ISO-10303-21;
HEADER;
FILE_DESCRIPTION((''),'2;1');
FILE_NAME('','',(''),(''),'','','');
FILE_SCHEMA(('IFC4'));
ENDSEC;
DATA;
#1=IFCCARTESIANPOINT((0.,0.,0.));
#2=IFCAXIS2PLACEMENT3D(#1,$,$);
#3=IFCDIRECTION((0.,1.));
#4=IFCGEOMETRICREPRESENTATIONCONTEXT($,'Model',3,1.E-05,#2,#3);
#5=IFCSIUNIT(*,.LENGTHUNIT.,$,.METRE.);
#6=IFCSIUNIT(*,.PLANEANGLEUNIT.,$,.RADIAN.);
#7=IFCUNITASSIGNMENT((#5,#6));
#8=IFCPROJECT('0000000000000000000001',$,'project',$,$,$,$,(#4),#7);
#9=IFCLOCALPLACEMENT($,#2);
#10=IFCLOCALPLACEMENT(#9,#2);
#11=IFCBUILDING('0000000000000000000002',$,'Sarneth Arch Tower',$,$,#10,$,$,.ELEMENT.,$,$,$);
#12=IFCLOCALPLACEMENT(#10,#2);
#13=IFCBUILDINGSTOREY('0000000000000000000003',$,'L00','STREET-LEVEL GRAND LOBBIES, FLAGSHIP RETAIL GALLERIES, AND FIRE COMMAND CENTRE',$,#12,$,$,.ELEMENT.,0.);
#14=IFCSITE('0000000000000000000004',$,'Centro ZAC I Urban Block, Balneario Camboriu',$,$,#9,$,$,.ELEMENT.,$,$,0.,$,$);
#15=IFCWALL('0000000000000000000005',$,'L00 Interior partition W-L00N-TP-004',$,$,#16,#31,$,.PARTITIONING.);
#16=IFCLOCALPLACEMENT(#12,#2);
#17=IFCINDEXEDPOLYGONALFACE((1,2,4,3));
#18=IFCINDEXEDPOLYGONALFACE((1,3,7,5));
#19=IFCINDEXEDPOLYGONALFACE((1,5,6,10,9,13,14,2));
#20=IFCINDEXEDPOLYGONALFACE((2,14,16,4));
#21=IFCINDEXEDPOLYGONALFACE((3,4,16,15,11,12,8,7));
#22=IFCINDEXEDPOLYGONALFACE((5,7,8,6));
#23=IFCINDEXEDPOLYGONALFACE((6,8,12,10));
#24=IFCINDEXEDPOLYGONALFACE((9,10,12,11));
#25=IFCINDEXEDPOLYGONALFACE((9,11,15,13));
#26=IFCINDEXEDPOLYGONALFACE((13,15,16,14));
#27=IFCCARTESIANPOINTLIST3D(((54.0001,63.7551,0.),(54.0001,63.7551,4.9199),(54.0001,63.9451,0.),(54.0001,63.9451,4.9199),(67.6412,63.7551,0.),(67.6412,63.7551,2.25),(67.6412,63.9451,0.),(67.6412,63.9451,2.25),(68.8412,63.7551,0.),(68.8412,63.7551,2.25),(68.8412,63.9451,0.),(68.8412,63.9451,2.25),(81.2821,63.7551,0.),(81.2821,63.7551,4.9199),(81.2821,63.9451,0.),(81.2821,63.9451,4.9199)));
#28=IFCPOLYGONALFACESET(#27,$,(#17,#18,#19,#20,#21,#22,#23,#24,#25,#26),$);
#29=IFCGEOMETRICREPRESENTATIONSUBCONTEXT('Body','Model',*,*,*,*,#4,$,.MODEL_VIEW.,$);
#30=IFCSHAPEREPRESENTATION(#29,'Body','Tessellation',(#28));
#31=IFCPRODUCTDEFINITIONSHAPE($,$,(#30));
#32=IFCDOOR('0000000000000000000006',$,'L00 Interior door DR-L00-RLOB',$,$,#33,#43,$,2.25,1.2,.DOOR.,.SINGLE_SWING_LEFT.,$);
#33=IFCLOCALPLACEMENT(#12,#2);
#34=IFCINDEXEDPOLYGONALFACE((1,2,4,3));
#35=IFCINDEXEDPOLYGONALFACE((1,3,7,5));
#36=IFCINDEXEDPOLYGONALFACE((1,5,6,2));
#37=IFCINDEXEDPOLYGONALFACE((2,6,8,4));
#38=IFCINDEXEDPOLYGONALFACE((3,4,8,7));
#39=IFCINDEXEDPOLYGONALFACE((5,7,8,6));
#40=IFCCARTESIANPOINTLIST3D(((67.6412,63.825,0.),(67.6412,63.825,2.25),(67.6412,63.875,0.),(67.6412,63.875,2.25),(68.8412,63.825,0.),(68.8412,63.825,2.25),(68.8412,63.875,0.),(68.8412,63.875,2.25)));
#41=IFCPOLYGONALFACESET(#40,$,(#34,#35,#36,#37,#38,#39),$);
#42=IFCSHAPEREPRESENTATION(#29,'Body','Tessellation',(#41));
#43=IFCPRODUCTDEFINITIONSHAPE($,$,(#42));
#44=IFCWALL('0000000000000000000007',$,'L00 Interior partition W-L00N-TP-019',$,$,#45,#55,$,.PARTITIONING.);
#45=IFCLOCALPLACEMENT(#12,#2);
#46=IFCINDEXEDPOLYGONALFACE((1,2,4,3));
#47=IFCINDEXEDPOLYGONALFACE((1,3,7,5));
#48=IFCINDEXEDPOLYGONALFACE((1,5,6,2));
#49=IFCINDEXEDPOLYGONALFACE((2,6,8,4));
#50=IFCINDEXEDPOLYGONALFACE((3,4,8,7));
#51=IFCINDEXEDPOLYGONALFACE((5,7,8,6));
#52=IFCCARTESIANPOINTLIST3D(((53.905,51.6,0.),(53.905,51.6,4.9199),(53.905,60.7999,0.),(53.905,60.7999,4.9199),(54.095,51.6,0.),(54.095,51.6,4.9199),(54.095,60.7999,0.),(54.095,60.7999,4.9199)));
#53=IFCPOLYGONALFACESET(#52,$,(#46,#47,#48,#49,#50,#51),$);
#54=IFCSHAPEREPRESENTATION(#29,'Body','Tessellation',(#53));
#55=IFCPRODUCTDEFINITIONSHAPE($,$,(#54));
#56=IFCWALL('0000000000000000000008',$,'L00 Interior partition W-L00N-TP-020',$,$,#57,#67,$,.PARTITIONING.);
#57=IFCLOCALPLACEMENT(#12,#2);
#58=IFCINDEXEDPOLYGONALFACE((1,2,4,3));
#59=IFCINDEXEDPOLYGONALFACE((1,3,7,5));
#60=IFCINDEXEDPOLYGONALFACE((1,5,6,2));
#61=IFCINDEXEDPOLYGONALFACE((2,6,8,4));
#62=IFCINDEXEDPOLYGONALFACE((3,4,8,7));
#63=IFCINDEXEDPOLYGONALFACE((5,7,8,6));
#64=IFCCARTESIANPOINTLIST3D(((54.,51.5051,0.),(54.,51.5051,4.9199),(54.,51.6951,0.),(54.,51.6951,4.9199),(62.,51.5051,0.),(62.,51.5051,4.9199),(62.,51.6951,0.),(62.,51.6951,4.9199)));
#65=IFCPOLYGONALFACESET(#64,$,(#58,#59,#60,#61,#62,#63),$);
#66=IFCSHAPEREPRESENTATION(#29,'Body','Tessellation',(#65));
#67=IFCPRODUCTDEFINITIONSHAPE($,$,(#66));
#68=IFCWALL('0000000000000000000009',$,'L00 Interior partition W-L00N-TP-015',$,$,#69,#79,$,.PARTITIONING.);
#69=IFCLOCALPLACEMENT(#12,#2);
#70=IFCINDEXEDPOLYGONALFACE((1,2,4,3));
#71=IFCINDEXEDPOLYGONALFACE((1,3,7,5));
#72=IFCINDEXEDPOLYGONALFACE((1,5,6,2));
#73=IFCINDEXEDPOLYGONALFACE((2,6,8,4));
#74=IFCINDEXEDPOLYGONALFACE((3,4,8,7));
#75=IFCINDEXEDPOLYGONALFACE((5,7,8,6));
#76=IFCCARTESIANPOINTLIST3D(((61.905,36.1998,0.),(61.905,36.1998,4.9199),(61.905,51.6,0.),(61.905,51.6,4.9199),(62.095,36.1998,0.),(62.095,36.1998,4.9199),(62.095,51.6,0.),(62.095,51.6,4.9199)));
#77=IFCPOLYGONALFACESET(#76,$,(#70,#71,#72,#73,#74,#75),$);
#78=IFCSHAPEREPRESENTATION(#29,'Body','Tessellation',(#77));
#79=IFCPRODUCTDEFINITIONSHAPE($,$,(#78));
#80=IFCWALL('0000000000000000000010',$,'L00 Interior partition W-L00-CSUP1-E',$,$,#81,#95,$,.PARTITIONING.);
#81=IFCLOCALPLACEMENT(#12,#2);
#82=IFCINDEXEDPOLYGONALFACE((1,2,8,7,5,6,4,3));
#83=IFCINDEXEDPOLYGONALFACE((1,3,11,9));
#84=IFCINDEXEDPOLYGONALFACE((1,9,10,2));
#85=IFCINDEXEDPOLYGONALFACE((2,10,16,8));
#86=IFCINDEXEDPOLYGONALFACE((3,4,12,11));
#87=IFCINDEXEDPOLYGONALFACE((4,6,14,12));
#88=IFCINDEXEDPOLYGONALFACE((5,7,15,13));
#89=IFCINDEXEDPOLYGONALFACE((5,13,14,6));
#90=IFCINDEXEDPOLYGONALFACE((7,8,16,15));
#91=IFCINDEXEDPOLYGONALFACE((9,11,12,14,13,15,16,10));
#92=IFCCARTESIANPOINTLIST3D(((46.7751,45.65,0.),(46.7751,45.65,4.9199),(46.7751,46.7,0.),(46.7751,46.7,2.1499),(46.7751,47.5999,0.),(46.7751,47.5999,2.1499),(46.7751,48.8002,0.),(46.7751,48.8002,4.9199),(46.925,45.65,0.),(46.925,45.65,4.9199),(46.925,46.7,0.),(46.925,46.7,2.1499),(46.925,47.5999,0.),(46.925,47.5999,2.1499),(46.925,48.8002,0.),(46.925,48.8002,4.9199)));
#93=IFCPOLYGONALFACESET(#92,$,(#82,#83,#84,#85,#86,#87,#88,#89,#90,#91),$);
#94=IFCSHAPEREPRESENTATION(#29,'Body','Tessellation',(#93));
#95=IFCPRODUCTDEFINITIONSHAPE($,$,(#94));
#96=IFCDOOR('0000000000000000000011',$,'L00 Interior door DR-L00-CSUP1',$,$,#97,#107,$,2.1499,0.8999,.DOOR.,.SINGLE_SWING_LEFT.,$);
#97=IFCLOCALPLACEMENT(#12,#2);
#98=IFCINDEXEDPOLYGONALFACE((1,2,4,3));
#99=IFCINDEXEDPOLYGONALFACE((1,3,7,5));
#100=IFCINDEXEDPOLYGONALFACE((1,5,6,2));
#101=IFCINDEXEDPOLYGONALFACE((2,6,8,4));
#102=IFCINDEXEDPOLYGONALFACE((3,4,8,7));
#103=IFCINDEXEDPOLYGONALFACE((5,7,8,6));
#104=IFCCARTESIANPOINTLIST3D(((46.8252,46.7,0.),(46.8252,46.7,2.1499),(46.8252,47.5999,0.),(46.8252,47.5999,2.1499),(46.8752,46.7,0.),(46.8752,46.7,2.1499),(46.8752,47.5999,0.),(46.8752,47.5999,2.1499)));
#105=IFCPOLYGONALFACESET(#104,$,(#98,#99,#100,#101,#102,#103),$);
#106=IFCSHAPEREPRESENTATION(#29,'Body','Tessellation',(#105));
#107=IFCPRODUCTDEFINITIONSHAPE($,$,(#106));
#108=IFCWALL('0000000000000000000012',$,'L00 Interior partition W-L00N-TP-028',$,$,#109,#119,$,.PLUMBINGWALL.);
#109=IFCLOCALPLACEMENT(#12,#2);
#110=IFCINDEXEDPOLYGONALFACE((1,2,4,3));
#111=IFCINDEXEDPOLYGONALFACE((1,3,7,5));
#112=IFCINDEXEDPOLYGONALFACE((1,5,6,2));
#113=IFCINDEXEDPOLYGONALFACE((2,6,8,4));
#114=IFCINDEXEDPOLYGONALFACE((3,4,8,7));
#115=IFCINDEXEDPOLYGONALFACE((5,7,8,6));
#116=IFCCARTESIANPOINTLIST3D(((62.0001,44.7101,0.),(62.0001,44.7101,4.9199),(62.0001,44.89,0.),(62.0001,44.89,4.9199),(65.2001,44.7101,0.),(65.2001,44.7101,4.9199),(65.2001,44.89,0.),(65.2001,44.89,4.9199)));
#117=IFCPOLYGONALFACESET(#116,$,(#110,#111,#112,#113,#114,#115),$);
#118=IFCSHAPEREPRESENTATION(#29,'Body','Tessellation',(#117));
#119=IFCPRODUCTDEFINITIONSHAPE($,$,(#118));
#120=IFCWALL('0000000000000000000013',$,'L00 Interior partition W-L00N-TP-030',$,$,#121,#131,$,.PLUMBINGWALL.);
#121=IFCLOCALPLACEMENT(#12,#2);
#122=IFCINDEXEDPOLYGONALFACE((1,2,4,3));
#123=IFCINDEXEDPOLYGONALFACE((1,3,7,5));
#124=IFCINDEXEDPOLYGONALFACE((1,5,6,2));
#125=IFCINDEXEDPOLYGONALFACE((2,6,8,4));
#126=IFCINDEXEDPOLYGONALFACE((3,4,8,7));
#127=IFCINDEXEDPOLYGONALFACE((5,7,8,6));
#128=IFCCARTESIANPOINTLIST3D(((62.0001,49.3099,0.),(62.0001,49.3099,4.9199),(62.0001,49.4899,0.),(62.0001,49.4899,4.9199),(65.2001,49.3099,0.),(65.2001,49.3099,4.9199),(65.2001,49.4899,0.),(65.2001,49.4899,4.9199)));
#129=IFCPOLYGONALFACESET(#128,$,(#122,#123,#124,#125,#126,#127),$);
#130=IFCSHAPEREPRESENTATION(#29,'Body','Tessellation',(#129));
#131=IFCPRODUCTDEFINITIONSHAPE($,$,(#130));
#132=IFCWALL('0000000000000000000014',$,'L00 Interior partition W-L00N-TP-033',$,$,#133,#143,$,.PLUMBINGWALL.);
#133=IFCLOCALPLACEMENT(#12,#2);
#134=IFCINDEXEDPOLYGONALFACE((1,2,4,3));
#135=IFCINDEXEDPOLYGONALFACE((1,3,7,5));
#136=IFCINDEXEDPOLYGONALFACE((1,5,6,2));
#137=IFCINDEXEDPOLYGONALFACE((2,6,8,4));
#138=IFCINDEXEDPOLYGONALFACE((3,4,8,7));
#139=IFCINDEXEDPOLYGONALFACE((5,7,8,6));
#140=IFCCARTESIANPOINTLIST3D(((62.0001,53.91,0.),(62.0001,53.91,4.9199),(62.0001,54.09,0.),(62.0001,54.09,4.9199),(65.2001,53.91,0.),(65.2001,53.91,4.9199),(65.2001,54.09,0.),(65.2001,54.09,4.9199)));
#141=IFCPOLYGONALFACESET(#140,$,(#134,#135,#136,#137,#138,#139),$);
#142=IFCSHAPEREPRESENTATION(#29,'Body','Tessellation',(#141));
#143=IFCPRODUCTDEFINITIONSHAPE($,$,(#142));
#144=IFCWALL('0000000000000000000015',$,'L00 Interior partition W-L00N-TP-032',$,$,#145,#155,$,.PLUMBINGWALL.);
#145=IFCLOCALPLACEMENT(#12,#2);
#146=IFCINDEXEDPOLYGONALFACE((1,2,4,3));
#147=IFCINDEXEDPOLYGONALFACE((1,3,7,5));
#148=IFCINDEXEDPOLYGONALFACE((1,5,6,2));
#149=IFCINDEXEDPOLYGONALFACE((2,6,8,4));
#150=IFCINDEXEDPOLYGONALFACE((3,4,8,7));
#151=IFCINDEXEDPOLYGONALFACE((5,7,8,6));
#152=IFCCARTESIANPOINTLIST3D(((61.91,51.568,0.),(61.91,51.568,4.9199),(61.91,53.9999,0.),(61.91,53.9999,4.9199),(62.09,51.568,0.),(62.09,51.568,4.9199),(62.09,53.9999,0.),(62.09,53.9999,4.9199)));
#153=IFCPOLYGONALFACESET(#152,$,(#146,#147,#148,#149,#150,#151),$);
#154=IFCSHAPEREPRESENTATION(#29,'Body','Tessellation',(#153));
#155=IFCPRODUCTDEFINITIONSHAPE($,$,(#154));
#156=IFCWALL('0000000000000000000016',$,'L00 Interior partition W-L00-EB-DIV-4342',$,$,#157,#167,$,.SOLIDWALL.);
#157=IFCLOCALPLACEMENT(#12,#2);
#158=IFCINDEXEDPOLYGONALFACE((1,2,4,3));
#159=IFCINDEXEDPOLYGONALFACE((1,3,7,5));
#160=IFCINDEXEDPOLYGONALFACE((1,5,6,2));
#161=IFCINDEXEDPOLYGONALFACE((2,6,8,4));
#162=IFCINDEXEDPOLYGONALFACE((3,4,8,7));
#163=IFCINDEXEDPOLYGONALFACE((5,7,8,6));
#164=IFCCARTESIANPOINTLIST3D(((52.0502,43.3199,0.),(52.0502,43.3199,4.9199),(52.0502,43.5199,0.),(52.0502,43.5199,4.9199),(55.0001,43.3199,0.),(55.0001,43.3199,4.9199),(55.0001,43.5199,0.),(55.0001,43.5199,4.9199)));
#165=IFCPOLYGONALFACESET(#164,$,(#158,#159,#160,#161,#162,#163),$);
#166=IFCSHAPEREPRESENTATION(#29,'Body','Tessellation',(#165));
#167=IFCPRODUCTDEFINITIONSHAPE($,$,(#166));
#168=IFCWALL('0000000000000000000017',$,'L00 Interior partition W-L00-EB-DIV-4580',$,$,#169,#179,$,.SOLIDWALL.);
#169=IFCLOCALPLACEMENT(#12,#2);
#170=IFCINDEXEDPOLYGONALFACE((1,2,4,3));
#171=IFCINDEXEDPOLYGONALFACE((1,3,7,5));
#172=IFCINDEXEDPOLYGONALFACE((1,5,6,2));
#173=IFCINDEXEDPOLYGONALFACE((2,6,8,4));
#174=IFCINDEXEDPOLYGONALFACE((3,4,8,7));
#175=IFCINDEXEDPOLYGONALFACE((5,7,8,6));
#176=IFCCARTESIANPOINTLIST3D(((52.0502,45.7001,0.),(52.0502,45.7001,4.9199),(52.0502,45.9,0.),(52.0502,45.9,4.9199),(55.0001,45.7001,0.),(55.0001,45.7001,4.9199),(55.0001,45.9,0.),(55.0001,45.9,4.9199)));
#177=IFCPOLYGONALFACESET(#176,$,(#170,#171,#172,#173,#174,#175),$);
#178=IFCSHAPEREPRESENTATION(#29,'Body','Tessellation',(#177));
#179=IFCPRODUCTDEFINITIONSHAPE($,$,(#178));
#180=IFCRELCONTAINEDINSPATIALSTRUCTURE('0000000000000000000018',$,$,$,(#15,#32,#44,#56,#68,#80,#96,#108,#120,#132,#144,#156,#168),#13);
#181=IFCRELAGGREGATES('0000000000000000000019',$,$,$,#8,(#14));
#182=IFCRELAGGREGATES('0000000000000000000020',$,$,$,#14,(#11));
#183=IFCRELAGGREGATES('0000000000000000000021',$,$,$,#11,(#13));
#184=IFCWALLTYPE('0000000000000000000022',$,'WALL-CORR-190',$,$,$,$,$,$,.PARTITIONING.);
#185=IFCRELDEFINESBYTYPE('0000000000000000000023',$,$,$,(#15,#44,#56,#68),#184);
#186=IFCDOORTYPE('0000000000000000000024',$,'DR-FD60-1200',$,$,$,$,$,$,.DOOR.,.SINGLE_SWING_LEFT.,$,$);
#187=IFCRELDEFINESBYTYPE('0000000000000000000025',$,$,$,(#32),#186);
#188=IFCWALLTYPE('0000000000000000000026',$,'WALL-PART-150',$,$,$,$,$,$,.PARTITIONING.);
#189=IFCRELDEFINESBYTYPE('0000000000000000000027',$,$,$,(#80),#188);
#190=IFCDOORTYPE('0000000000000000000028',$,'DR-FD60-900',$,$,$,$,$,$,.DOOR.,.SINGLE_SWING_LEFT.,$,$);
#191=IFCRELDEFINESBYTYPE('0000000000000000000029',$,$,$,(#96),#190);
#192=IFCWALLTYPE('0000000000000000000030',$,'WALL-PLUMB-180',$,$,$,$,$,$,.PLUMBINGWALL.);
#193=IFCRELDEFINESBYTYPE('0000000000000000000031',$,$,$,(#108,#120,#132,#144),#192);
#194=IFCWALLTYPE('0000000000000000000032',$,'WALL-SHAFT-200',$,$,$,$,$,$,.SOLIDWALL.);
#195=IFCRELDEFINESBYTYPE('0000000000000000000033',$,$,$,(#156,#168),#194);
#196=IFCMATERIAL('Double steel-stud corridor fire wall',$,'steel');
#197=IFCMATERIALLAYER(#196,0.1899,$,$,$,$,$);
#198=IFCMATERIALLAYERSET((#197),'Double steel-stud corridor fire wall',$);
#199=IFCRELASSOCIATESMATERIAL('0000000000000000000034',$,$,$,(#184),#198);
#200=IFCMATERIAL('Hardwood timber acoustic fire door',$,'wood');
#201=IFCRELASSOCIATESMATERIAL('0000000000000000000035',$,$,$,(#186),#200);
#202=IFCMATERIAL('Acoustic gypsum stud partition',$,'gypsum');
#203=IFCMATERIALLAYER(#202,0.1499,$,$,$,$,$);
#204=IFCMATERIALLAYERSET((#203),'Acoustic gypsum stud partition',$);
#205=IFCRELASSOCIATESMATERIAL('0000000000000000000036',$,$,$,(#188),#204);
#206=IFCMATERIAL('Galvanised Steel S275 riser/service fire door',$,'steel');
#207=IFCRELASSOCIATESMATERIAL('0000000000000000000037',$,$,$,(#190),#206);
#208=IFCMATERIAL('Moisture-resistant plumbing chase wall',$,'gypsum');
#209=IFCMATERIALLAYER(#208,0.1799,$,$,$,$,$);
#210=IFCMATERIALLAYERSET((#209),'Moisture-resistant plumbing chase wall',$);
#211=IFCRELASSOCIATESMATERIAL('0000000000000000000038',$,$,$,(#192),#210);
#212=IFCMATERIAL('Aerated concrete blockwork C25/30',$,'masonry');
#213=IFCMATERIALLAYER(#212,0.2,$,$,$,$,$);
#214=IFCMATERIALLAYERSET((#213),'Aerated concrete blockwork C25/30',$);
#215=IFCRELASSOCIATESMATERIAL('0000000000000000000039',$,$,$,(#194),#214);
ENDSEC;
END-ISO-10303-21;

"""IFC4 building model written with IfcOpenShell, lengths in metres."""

from ifc_helpers import new_model, si_unit, direction, frame, frame_2d, origin, place, context, subcontext, project, spatial, rectangle, extrude, material, layer, layer_set, type_object, element, fill, save


model = new_model("IFC4")

# Units and contexts
model_context = context("Model", 3, precision=1e-05, world=origin(), true_north=direction((0.0, 1.0)))
body_context = subcontext(model_context, "Body", "Model", "MODEL_VIEW")
ifc_project = project(units=[si_unit("LENGTHUNIT", "METRE"), si_unit("PLANEANGLEUNIT", "RADIAN")], contexts=[model_context])

# Site, building, storey
site_placement = place(None, origin())
site = spatial("IfcSite", under=ifc_project, at=site_placement, Name="Centro ZAC I Urban Block, Balneario Camboriu", CompositionType="ELEMENT", RefElevation=0.0)
building_placement = place(site_placement, origin())
building = spatial("IfcBuilding", under=site, at=building_placement, Name="Sarneth Arch Tower", CompositionType="ELEMENT")
storey_placement = place(building_placement, origin())
storey = spatial("IfcBuildingStorey", under=building, at=storey_placement, Name="L00", Description="STREET-LEVEL GRAND LOBBIES, FLAGSHIP RETAIL GALLERIES, AND FIRE COMMAND CENTRE", CompositionType="ELEMENT", Elevation=0.0)

# Wall, opening, door
ifc_material_1 = material(Name="Double steel-stud corridor fire wall", Category="steel")
ifc_layer_1 = layer(ifc_material_1, 0.1899)
ifc_layer_set_1 = layer_set([ifc_layer_1], Name="Double steel-stud corridor fire wall")
wall_type_1 = type_object("IfcWallType", Name="WALL-CORR-190", PredefinedType="PARTITIONING", material=ifc_layer_set_1)
wall_1_placement = place(storey_placement, frame((54.0, 63.8501, 0.0), z_axis=(0.0, 0.0, 1.0), x_axis=(1.0, 0.0, 0.0)))
wall_1 = element("IfcWall", 1, at=wall_1_placement, inside=storey, type_object=wall_type_1, Name="L00 Interior partition W-L00N-TP-004", PredefinedType="PARTITIONING", context=body_context, shape_type="SweptSolid", body=[
    extrude(rectangle(XDim=27.282, YDim=0.1899, at=frame_2d((13.6411, 0.0))), origin(), (0.0, 0.0, 1.0), 4.9199),
])
opening_1_placement = place(wall_1_placement, frame((13.6411, 0.0, 0.0)))
opening_1 = element("IfcOpeningElement", 2, at=opening_1_placement, cuts=wall_1, PredefinedType="OPENING", context=body_context, shape_type="SweptSolid", body=[
    extrude(rectangle(XDim=1.2, YDim=2.25, at=frame_2d((0.6001, 1.125))), frame((0.0, 0.105, 0.0), z_axis=(0.0, -1.0, 0.0), x_axis=(1.0, 0.0, 0.0)), (0.0, 0.0, 1.0), 0.21),
])
ifc_material_2 = material(Name="Hardwood timber acoustic fire door", Category="wood")
door_type_1 = type_object("IfcDoorType", Name="DR-FD60-1200", OperationType="SINGLE_SWING_LEFT", PredefinedType="DOOR", material=ifc_material_2)
door_1_placement = place(opening_1_placement, origin())
door_1 = element("IfcDoor", 3, at=door_1_placement, inside=storey, type_object=door_type_1, Name="L00 Interior door DR-L00-RLOB", OperationType="SINGLE_SWING_LEFT", OverallHeight=2.25, OverallWidth=1.2, PredefinedType="DOOR", context=body_context, shape_type="SweptSolid", body=[
    extrude(rectangle(XDim=1.2, YDim=2.25, at=frame_2d((0.6001, 1.125))), frame((0.0, 0.0249, 0.0), z_axis=(0.0, -1.0, 0.0), x_axis=(1.0, 0.0, 0.0)), (0.0, 0.0, 1.0), 0.05),
])
fill(opening_1, door_1)

# Walls
wall_2_placement = place(storey_placement, frame((54.0, 60.8, 0.0), z_axis=(0.0, 0.0, 1.0), x_axis=(0.0, -1.0, 0.0)))
element("IfcWall", 4, at=wall_2_placement, inside=storey, type_object=wall_type_1, Name="L00 Interior partition W-L00N-TP-019", PredefinedType="PARTITIONING", context=body_context, shape_type="SweptSolid", body=[
    extrude(rectangle(XDim=9.2, YDim=0.1899, at=frame_2d((4.6001, 0.0))), origin(), (0.0, 0.0, 1.0), 4.9199),
])
wall_3_placement = place(storey_placement, frame((54.0, 51.6001, 0.0), z_axis=(0.0, 0.0, 1.0), x_axis=(1.0, 0.0, 0.0)))
element("IfcWall", 5, at=wall_3_placement, inside=storey, type_object=wall_type_1, Name="L00 Interior partition W-L00N-TP-020", PredefinedType="PARTITIONING", context=body_context, shape_type="SweptSolid", body=[
    extrude(rectangle(XDim=8.0, YDim=0.1899, at=frame_2d((4.0, 0.0))), origin(), (0.0, 0.0, 1.0), 4.9199),
])
wall_4_placement = place(storey_placement, frame((62.0, 51.6001, 0.0), z_axis=(0.0, 0.0, 1.0), x_axis=(0.0, -1.0, 0.0)))
element("IfcWall", 6, at=wall_4_placement, inside=storey, type_object=wall_type_1, Name="L00 Interior partition W-L00N-TP-015", PredefinedType="PARTITIONING", context=body_context, shape_type="SweptSolid", body=[
    extrude(rectangle(XDim=15.4001, YDim=0.1899, at=frame_2d((7.7002, 0.0))), origin(), (0.0, 0.0, 1.0), 4.9199),
])

# Wall, opening, door
ifc_material_3 = material(Name="Acoustic gypsum stud partition", Category="gypsum")
ifc_layer_2 = layer(ifc_material_3, 0.1499)
ifc_layer_set_2 = layer_set([ifc_layer_2], Name="Acoustic gypsum stud partition")
wall_type_2 = type_object("IfcWallType", Name="WALL-PART-150", PredefinedType="PARTITIONING", material=ifc_layer_set_2)
wall_5_placement = place(storey_placement, frame((46.8501, 45.6499, 0.0), z_axis=(0.0, 0.0, 1.0), x_axis=(0.0, 1.0, 0.0)))
wall_5 = element("IfcWall", 7, at=wall_5_placement, inside=storey, type_object=wall_type_2, Name="L00 Interior partition W-L00-CSUP1-E", PredefinedType="PARTITIONING", context=body_context, shape_type="SweptSolid", body=[
    extrude(rectangle(XDim=3.1501, YDim=0.1499, at=frame_2d((1.5752, 0.0))), origin(), (0.0, 0.0, 1.0), 4.9199),
])
opening_2_placement = place(wall_5_placement, frame((1.05, 0.0, 0.0)))
opening_2 = element("IfcOpeningElement", 8, at=opening_2_placement, cuts=wall_5, PredefinedType="OPENING", context=body_context, shape_type="SweptSolid", body=[
    extrude(rectangle(XDim=0.8999, YDim=2.1499, at=frame_2d((0.45, 1.075))), frame((0.0, 0.085, 0.0), z_axis=(0.0, -1.0, 0.0), x_axis=(1.0, 0.0, 0.0)), (0.0, 0.0, 1.0), 0.1699),
])
ifc_material_4 = material(Name="Galvanised Steel S275 riser/service fire door", Category="steel")
door_type_2 = type_object("IfcDoorType", Name="DR-FD60-900", OperationType="SINGLE_SWING_LEFT", PredefinedType="DOOR", material=ifc_material_4)
door_2_placement = place(opening_2_placement, origin())
door_2 = element("IfcDoor", 9, at=door_2_placement, inside=storey, type_object=door_type_2, Name="L00 Interior door DR-L00-CSUP1", OperationType="SINGLE_SWING_LEFT", OverallHeight=2.1499, OverallWidth=0.8999, PredefinedType="DOOR", context=body_context, shape_type="SweptSolid", body=[
    extrude(rectangle(XDim=0.8999, YDim=2.1499, at=frame_2d((0.45, 1.075))), frame((0.0, 0.0249, 0.0), z_axis=(0.0, -1.0, 0.0), x_axis=(1.0, 0.0, 0.0)), (0.0, 0.0, 1.0), 0.05),
])
fill(opening_2, door_2)

# Walls
ifc_material_5 = material(Name="Moisture-resistant plumbing chase wall", Category="gypsum")
ifc_layer_3 = layer(ifc_material_5, 0.1799)
ifc_layer_set_3 = layer_set([ifc_layer_3], Name="Moisture-resistant plumbing chase wall")
wall_type_3 = type_object("IfcWallType", Name="WALL-PLUMB-180", PredefinedType="PLUMBINGWALL", material=ifc_layer_set_3)
for number, where, z_axis, x_axis, name in (
    (10, (62.0, 44.8, 0.0), (0.0, 0.0, 1.0), (1.0, 0.0, 0.0), "L00 Interior partition W-L00N-TP-028"),
    (11, (62.0, 49.3999, 0.0), (0.0, 0.0, 1.0), (1.0, 0.0, 0.0), "L00 Interior partition W-L00N-TP-030"),
    (12, (62.0, 54.0, 0.0), (0.0, 0.0, 1.0), (1.0, 0.0, 0.0), "L00 Interior partition W-L00N-TP-033"),
):
    element("IfcWall", number, at=place(storey_placement, frame(where, z_axis=z_axis, x_axis=x_axis)), inside=storey, type_object=wall_type_3, Name=name, PredefinedType="PLUMBINGWALL", context=body_context, shape_type="SweptSolid", body=[
        extrude(rectangle(XDim=3.2, YDim=0.1799, at=frame_2d((1.6001, 0.0))), origin(), (0.0, 0.0, 1.0), 4.9199),
    ])
wall_6_placement = place(storey_placement, frame((62.0, 51.5681, 0.0), z_axis=(0.0, 0.0, 1.0), x_axis=(0.0, 1.0, 0.0)))
element("IfcWall", 13, at=wall_6_placement, inside=storey, type_object=wall_type_3, Name="L00 Interior partition W-L00N-TP-032", PredefinedType="PLUMBINGWALL", context=body_context, shape_type="SweptSolid", body=[
    extrude(rectangle(XDim=2.4319, YDim=0.1799, at=frame_2d((1.2158, 0.0))), origin(), (0.0, 0.0, 1.0), 4.9199),
])
ifc_material_6 = material(Name="Aerated concrete blockwork C25/30", Category="masonry")
ifc_layer_4 = layer(ifc_material_6, 0.2)
ifc_layer_set_4 = layer_set([ifc_layer_4], Name="Aerated concrete blockwork C25/30")
wall_type_4 = type_object("IfcWallType", Name="WALL-SHAFT-200", PredefinedType="SOLIDWALL", material=ifc_layer_set_4)
for number, where, z_axis, x_axis, name in (
    (14, (52.05, 43.4199, 0.0), (0.0, 0.0, 1.0), (1.0, 0.0, 0.0), "L00 Interior partition W-L00-EB-DIV-4342"),
    (15, (52.05, 45.8, 0.0), (0.0, 0.0, 1.0), (1.0, 0.0, 0.0), "L00 Interior partition W-L00-EB-DIV-4580"),
):
    element("IfcWall", number, at=place(storey_placement, frame(where, z_axis=z_axis, x_axis=x_axis)), inside=storey, type_object=wall_type_4, Name=name, PredefinedType="SOLIDWALL", context=body_context, shape_type="SweptSolid", body=[
        extrude(rectangle(XDim=2.95, YDim=0.2, at=frame_2d((1.4751, 0.0))), origin(), (0.0, 0.0, 1.0), 4.9199),
    ])

save(model, "model.ifc")
